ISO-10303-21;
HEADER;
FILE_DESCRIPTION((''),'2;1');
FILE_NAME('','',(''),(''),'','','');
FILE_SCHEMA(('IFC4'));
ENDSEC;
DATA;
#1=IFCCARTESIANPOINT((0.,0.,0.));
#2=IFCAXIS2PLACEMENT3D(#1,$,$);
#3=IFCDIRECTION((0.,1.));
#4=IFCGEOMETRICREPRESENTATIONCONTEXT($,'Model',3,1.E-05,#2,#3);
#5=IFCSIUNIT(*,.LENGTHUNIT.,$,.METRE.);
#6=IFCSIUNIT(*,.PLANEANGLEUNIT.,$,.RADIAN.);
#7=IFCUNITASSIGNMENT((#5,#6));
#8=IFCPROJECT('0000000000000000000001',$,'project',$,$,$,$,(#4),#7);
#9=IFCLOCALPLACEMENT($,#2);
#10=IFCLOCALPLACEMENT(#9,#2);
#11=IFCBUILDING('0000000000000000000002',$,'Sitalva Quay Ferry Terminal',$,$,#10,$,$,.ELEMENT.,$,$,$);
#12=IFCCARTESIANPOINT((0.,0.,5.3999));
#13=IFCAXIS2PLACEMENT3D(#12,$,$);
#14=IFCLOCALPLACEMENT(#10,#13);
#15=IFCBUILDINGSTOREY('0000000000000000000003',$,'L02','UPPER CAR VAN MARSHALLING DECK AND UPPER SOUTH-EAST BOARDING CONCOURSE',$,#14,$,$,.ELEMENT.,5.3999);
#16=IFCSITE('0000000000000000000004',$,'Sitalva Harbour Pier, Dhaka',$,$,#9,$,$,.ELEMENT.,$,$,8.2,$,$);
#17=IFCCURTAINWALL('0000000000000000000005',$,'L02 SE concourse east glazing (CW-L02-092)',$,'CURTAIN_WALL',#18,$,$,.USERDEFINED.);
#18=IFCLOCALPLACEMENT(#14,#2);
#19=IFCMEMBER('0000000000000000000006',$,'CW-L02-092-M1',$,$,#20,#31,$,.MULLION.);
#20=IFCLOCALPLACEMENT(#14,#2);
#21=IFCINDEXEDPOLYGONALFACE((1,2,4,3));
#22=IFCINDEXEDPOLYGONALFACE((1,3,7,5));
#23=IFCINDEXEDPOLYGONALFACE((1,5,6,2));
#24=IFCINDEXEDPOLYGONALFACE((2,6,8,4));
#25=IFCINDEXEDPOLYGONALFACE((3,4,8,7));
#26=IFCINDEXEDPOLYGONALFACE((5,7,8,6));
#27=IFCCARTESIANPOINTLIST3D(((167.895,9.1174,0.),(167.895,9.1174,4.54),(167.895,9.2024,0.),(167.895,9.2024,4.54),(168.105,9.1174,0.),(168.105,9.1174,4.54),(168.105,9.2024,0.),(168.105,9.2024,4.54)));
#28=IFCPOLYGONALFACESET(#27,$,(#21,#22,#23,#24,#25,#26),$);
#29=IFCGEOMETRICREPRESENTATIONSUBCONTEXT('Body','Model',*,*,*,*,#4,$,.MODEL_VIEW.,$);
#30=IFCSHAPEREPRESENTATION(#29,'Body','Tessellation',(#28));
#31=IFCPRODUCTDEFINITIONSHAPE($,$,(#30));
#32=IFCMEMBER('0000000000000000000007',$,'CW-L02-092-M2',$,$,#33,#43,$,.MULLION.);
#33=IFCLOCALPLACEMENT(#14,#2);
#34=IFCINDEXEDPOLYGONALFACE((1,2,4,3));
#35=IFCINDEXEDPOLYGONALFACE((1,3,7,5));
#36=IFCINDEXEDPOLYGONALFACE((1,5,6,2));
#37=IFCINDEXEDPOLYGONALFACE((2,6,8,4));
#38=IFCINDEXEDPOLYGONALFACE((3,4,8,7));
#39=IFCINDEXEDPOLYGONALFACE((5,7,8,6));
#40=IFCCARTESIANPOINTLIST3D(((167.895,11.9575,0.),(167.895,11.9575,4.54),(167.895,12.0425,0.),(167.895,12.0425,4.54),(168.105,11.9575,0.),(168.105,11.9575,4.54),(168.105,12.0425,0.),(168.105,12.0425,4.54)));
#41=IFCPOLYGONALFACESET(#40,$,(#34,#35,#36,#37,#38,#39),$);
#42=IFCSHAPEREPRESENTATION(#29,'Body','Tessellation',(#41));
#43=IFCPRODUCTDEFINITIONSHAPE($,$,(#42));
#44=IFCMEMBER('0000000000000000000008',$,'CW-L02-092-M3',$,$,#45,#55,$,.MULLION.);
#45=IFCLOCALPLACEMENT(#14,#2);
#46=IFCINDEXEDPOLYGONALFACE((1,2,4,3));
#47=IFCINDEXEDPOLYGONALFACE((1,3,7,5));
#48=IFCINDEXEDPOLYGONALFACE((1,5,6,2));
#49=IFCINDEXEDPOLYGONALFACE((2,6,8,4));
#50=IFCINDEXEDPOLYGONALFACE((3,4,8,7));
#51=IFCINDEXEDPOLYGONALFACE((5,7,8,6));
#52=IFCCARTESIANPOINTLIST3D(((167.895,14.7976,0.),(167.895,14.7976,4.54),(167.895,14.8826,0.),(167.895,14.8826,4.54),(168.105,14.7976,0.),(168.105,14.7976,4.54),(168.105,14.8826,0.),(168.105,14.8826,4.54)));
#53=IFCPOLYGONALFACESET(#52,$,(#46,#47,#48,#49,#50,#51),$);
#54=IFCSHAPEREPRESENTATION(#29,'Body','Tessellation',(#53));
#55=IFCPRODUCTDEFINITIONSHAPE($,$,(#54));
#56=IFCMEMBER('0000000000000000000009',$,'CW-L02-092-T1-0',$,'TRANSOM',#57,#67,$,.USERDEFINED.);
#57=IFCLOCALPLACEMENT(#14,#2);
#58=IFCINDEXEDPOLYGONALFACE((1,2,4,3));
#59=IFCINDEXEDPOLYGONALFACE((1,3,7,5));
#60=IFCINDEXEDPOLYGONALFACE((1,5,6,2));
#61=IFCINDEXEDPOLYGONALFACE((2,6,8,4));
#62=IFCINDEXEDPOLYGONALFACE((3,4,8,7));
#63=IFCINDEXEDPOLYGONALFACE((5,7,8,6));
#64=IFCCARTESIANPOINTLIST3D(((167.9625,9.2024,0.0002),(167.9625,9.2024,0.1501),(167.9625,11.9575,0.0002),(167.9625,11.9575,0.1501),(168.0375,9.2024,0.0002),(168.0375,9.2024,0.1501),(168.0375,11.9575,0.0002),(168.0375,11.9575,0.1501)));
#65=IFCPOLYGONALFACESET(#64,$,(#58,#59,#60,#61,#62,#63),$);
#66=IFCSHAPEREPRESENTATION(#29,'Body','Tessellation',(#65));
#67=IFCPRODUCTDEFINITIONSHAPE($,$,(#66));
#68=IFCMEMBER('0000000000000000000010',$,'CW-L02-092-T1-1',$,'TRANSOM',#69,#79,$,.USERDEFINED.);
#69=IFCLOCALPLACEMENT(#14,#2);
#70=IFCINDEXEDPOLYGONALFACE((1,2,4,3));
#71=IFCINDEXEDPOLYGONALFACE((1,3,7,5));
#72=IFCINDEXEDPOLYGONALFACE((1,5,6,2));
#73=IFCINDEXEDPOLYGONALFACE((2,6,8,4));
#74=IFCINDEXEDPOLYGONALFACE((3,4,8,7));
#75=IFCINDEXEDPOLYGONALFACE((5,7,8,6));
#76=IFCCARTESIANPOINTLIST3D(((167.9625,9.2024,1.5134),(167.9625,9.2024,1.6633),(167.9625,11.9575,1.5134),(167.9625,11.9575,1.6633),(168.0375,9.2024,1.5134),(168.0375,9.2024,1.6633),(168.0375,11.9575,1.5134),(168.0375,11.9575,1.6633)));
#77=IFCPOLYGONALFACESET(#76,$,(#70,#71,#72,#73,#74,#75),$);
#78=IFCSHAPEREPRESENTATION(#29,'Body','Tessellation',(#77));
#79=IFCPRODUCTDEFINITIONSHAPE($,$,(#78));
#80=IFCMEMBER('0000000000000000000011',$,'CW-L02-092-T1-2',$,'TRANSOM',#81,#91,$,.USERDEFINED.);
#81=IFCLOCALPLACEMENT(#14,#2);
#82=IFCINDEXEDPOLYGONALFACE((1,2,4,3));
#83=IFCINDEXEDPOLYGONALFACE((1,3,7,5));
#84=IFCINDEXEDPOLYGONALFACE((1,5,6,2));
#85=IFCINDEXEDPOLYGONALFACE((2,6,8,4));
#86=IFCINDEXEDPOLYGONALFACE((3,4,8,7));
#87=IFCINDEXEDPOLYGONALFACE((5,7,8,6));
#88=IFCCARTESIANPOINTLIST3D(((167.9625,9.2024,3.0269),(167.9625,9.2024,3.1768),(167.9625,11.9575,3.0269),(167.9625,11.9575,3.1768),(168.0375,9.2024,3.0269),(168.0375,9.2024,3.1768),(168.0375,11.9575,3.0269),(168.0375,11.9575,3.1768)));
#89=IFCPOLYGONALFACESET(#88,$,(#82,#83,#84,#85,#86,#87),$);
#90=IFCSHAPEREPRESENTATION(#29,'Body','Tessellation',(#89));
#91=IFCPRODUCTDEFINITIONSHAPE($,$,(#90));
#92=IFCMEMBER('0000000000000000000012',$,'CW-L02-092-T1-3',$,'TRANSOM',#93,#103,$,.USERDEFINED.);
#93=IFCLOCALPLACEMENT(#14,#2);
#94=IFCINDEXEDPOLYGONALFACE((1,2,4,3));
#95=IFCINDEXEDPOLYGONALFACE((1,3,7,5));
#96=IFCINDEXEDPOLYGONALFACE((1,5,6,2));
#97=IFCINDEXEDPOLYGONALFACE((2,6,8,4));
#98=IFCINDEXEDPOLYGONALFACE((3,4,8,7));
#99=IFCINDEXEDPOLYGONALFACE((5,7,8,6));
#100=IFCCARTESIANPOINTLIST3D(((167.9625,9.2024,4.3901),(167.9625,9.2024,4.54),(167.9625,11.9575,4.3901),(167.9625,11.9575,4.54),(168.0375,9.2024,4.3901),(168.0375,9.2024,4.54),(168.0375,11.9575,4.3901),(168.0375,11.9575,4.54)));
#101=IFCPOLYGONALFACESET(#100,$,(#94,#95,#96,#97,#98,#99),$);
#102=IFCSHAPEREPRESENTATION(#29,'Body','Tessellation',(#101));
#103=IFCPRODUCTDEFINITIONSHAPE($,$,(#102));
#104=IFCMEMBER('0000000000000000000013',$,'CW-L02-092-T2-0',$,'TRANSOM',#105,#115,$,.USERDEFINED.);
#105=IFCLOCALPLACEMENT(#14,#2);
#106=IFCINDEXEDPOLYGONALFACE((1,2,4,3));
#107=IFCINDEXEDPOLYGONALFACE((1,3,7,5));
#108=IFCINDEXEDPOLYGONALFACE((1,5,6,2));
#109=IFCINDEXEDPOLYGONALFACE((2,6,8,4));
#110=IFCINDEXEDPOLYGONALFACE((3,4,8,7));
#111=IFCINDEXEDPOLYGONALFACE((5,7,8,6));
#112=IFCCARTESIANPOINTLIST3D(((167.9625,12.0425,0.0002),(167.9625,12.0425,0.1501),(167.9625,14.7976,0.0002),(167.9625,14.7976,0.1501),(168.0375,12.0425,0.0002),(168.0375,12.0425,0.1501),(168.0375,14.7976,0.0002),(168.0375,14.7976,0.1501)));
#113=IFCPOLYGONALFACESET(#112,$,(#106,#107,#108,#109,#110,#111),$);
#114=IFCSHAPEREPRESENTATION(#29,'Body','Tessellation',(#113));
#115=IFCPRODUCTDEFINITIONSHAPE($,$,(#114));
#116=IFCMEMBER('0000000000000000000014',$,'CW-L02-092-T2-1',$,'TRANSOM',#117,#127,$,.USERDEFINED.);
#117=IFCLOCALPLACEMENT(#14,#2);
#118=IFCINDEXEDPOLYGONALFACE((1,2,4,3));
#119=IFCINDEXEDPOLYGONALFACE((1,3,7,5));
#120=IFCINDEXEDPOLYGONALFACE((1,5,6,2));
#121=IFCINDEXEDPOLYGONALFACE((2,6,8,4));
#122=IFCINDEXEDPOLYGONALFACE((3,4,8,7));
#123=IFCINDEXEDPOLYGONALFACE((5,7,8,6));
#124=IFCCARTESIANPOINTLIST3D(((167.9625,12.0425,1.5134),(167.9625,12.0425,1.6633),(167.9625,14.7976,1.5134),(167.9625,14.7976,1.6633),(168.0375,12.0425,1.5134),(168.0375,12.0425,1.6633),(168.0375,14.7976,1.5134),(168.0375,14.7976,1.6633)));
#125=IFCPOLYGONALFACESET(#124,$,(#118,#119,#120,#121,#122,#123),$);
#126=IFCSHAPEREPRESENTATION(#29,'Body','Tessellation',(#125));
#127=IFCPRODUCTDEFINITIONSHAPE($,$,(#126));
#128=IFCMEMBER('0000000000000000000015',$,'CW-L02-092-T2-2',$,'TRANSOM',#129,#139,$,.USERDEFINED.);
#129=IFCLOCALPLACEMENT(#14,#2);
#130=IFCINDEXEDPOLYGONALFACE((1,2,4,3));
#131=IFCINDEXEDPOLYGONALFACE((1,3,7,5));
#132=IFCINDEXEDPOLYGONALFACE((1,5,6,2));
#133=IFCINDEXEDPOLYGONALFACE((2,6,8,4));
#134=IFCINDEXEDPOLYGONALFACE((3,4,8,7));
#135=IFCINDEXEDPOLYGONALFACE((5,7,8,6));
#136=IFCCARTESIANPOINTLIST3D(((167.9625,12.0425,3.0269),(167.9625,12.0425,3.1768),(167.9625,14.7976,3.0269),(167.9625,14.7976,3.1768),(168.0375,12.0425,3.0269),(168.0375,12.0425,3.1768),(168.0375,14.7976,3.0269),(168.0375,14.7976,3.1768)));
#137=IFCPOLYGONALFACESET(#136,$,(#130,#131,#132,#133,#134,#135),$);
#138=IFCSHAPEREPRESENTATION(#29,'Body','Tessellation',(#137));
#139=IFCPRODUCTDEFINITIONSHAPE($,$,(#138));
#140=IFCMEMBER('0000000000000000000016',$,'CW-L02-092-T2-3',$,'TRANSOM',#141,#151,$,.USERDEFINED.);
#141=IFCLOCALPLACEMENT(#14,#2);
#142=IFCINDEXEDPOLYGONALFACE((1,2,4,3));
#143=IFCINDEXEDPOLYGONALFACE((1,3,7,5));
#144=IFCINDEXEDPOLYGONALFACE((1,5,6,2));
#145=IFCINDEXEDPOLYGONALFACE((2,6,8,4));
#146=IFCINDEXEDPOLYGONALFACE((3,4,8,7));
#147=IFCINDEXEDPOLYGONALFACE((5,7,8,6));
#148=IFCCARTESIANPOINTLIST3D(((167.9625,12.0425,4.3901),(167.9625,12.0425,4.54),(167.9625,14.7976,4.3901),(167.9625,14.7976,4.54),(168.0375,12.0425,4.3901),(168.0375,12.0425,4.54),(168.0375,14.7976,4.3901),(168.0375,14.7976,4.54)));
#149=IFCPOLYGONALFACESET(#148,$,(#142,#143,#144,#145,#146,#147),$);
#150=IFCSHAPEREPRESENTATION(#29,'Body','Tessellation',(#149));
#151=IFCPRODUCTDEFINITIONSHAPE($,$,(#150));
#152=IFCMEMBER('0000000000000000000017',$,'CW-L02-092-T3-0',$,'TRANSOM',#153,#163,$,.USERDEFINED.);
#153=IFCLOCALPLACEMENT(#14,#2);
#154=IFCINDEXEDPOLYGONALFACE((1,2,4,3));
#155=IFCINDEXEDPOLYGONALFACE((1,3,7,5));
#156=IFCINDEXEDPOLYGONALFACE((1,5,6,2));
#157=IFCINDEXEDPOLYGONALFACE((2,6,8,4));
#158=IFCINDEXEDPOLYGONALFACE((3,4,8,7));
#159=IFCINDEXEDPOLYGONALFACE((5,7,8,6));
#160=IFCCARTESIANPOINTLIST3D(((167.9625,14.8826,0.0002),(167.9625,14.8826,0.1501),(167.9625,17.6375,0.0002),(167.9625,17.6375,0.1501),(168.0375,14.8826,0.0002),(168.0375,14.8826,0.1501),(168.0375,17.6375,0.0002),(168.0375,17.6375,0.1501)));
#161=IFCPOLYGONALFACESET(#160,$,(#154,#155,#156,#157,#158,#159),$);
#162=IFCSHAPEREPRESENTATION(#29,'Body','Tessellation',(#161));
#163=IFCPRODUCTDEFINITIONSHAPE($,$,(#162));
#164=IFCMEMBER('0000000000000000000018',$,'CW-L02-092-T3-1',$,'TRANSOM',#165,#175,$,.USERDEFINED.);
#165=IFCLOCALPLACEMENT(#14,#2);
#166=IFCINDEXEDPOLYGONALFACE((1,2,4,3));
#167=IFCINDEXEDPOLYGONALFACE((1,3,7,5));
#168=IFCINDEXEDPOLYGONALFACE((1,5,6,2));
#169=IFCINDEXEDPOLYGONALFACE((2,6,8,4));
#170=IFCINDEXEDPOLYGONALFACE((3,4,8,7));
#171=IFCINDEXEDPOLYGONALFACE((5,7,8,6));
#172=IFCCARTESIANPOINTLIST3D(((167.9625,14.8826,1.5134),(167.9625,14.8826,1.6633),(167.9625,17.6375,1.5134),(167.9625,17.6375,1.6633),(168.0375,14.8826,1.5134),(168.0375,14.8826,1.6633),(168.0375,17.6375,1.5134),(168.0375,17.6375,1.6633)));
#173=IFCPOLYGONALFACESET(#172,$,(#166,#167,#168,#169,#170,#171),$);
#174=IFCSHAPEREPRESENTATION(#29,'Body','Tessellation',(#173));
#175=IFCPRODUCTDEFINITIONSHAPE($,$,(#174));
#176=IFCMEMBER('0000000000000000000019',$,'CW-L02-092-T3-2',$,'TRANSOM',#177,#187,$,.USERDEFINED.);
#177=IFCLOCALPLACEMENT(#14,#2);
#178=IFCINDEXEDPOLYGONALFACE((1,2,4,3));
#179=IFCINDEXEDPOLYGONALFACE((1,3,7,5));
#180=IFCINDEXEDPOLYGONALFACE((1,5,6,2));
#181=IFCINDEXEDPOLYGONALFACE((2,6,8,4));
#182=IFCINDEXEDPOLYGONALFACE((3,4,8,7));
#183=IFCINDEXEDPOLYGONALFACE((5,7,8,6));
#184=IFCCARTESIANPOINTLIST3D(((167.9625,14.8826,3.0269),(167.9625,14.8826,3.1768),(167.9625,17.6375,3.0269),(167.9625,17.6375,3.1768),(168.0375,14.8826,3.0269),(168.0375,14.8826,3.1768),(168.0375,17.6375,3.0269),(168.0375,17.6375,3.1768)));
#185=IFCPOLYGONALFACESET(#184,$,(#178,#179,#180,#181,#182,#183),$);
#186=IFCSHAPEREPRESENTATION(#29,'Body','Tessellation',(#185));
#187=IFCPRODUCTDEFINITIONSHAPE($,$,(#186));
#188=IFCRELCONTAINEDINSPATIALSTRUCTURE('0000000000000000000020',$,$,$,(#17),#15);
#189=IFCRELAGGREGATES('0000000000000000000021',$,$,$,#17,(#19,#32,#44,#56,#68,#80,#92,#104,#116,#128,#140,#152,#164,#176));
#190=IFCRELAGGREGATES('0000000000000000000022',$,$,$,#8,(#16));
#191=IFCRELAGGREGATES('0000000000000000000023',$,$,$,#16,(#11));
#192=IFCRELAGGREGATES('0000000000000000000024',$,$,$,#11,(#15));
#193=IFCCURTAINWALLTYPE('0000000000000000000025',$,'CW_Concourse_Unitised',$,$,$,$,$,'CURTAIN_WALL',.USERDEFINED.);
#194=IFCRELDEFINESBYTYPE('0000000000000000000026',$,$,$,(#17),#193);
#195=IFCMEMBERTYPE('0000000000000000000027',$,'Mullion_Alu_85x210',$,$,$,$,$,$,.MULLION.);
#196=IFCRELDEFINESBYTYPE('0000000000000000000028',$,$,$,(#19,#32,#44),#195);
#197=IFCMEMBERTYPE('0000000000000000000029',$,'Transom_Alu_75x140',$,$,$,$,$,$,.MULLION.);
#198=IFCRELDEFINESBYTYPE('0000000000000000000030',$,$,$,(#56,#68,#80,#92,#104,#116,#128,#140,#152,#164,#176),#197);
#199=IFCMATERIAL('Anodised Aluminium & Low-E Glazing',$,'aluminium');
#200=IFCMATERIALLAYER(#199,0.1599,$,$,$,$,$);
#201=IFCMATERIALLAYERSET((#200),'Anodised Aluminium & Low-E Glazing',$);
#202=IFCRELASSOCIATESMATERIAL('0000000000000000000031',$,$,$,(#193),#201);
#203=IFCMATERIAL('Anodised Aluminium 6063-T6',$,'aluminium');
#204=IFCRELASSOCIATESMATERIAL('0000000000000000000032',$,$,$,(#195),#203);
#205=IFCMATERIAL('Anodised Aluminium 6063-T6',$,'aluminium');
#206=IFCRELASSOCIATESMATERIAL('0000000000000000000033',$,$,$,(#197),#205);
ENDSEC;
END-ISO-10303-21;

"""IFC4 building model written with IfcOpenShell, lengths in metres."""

from ifc_helpers import new_model, si_unit, direction, frame, origin, origin_2d, place, context, subcontext, project, spatial, rectangle, extrude, material, layer, layer_set, material_profile, profile_set, type_object, element, aggregate, save


model = new_model("IFC4")

# Units and contexts
model_context = context("Model", 3, precision=1e-05, world=origin(), true_north=direction((0.0, 1.0)))
body_context = subcontext(model_context, "Body", "Model", "MODEL_VIEW")
ifc_project = project(units=[si_unit("LENGTHUNIT", "METRE"), si_unit("PLANEANGLEUNIT", "RADIAN")], contexts=[model_context])

# Site, building, storey
site_placement = place(None, origin())
site = spatial("IfcSite", under=ifc_project, at=site_placement, Name="Sitalva Harbour Pier, Dhaka", CompositionType="ELEMENT", RefElevation=8.2)
building_placement = place(site_placement, origin())
building = spatial("IfcBuilding", under=site, at=building_placement, Name="Sitalva Quay Ferry Terminal", CompositionType="ELEMENT")
storey_placement = place(building_placement, frame((0.0, 0.0, 5.3999)))
storey = spatial("IfcBuildingStorey", under=building, at=storey_placement, Name="L02", Description="UPPER CAR VAN MARSHALLING DECK AND UPPER SOUTH-EAST BOARDING CONCOURSE", CompositionType="ELEMENT", Elevation=5.3999)

# Curtain wall, members
ifc_material_1 = material(Name="Anodised Aluminium & Low-E Glazing", Category="aluminium")
ifc_layer_1 = layer(ifc_material_1, 0.1599)
ifc_layer_set_1 = layer_set([ifc_layer_1], Name="Anodised Aluminium & Low-E Glazing")
curtain_wall_type = type_object("IfcCurtainWallType", Name="CW_Concourse_Unitised", ElementType="CURTAIN_WALL", PredefinedType="USERDEFINED", material=ifc_layer_set_1)
curtain_wall_placement = place(storey_placement, origin())
curtain_wall = element("IfcCurtainWall", 1, at=curtain_wall_placement, inside=storey, type_object=curtain_wall_type, Name="L02 SE concourse east glazing (CW-L02-092)", ObjectType="CURTAIN_WALL", PredefinedType="USERDEFINED")
ifc_material_2 = material(Name="Anodised Aluminium 6063-T6", Category="aluminium")
ifc_material_profile_1 = material_profile(ifc_material_2, rectangle(XDim=0.085, YDim=0.21, at=origin_2d()), Name="ALU85x210")
ifc_profile_set_1 = profile_set([ifc_material_profile_1], Name="Anodised Aluminium 6063-T6")
member_type_1 = type_object("IfcMemberType", Name="Mullion_Alu_85x210", PredefinedType="MULLION", material=ifc_profile_set_1)
member_1_placement = place(storey_placement, frame((168.0, 9.1599, 0.0), z_axis=(0.0, 0.0, 1.0), x_axis=(0.0, 1.0, 0.0)))
member_1 = element("IfcMember", 2, at=member_1_placement, type_object=member_type_1, Name="CW-L02-092-M1", PredefinedType="MULLION", context=body_context, shape_type="SweptSolid", body=[
    extrude(rectangle(XDim=0.085, YDim=0.21, at=origin_2d()), origin(), (0.0, 0.0, 1.0), 4.54),
])
member_2_placement = place(storey_placement, frame((168.0, 12.0, 0.0), z_axis=(0.0, 0.0, 1.0), x_axis=(0.0, 1.0, 0.0)))
member_2 = element("IfcMember", 3, at=member_2_placement, type_object=member_type_1, Name="CW-L02-092-M2", PredefinedType="MULLION", context=body_context, shape_type="SweptSolid", body=[
    extrude(rectangle(XDim=0.085, YDim=0.21, at=origin_2d()), origin(), (0.0, 0.0, 1.0), 4.54),
])
member_3_placement = place(storey_placement, frame((168.0, 14.8401, 0.0), z_axis=(0.0, 0.0, 1.0), x_axis=(0.0, 1.0, 0.0)))
member_3 = element("IfcMember", 4, at=member_3_placement, type_object=member_type_1, Name="CW-L02-092-M3", PredefinedType="MULLION", context=body_context, shape_type="SweptSolid", body=[
    extrude(rectangle(XDim=0.085, YDim=0.21, at=origin_2d()), origin(), (0.0, 0.0, 1.0), 4.54),
])
ifc_material_3 = material(Name="Anodised Aluminium 6063-T6", Category="aluminium")
ifc_material_profile_2 = material_profile(ifc_material_3, rectangle(XDim=0.075, YDim=0.1499, at=origin_2d()), Name="ALU75x150")
ifc_profile_set_2 = profile_set([ifc_material_profile_2], Name="Anodised Aluminium 6063-T6")
member_type_2 = type_object("IfcMemberType", Name="Transom_Alu_75x140", PredefinedType="MULLION", material=ifc_profile_set_2)
member_4_placement = place(storey_placement, frame((168.0, 9.2024, 0.0752), z_axis=(0.0, 1.0, 0.0), x_axis=(-1.0, 0.0, 0.0)))
member_4 = element("IfcMember", 5, at=member_4_placement, type_object=member_type_2, Name="CW-L02-092-T1-0", ObjectType="TRANSOM", PredefinedType="USERDEFINED", context=body_context, shape_type="SweptSolid", body=[
    extrude(rectangle(XDim=0.075, YDim=0.1499, at=origin_2d()), origin(), (0.0, 0.0, 1.0), 2.7551),
])
member_5_placement = place(storey_placement, frame((168.0, 9.2024, 1.5884), z_axis=(0.0, 1.0, 0.0), x_axis=(-1.0, 0.0, 0.0)))
member_5 = element("IfcMember", 6, at=member_5_placement, type_object=member_type_2, Name="CW-L02-092-T1-1", ObjectType="TRANSOM", PredefinedType="USERDEFINED", context=body_context, shape_type="SweptSolid", body=[
    extrude(rectangle(XDim=0.075, YDim=0.1499, at=origin_2d()), origin(), (0.0, 0.0, 1.0), 2.7551),
])
member_6_placement = place(storey_placement, frame((168.0, 9.2024, 3.1018), z_axis=(0.0, 1.0, 0.0), x_axis=(-1.0, 0.0, 0.0)))
member_6 = element("IfcMember", 7, at=member_6_placement, type_object=member_type_2, Name="CW-L02-092-T1-2", ObjectType="TRANSOM", PredefinedType="USERDEFINED", context=body_context, shape_type="SweptSolid", body=[
    extrude(rectangle(XDim=0.075, YDim=0.1499, at=origin_2d()), origin(), (0.0, 0.0, 1.0), 2.7551),
])
member_7_placement = place(storey_placement, frame((168.0, 9.2024, 4.4651), z_axis=(0.0, 1.0, 0.0), x_axis=(-1.0, 0.0, 0.0)))
member_7 = element("IfcMember", 8, at=member_7_placement, type_object=member_type_2, Name="CW-L02-092-T1-3", ObjectType="TRANSOM", PredefinedType="USERDEFINED", context=body_context, shape_type="SweptSolid", body=[
    extrude(rectangle(XDim=0.075, YDim=0.1499, at=origin_2d()), origin(), (0.0, 0.0, 1.0), 2.7551),
])
member_8_placement = place(storey_placement, frame((168.0, 12.0425, 0.0752), z_axis=(0.0, 1.0, 0.0), x_axis=(-1.0, 0.0, 0.0)))
member_8 = element("IfcMember", 9, at=member_8_placement, type_object=member_type_2, Name="CW-L02-092-T2-0", ObjectType="TRANSOM", PredefinedType="USERDEFINED", context=body_context, shape_type="SweptSolid", body=[
    extrude(rectangle(XDim=0.075, YDim=0.1499, at=origin_2d()), origin(), (0.0, 0.0, 1.0), 2.7551),
])
member_9_placement = place(storey_placement, frame((168.0, 12.0425, 1.5884), z_axis=(0.0, 1.0, 0.0), x_axis=(-1.0, 0.0, 0.0)))
member_9 = element("IfcMember", 10, at=member_9_placement, type_object=member_type_2, Name="CW-L02-092-T2-1", ObjectType="TRANSOM", PredefinedType="USERDEFINED", context=body_context, shape_type="SweptSolid", body=[
    extrude(rectangle(XDim=0.075, YDim=0.1499, at=origin_2d()), origin(), (0.0, 0.0, 1.0), 2.7551),
])
member_10_placement = place(storey_placement, frame((168.0, 12.0425, 3.1018), z_axis=(0.0, 1.0, 0.0), x_axis=(-1.0, 0.0, 0.0)))
member_10 = element("IfcMember", 11, at=member_10_placement, type_object=member_type_2, Name="CW-L02-092-T2-2", ObjectType="TRANSOM", PredefinedType="USERDEFINED", context=body_context, shape_type="SweptSolid", body=[
    extrude(rectangle(XDim=0.075, YDim=0.1499, at=origin_2d()), origin(), (0.0, 0.0, 1.0), 2.7551),
])
member_11_placement = place(storey_placement, frame((168.0, 12.0425, 4.4651), z_axis=(0.0, 1.0, 0.0), x_axis=(-1.0, 0.0, 0.0)))
member_11 = element("IfcMember", 12, at=member_11_placement, type_object=member_type_2, Name="CW-L02-092-T2-3", ObjectType="TRANSOM", PredefinedType="USERDEFINED", context=body_context, shape_type="SweptSolid", body=[
    extrude(rectangle(XDim=0.075, YDim=0.1499, at=origin_2d()), origin(), (0.0, 0.0, 1.0), 2.7551),
])
member_12_placement = place(storey_placement, frame((168.0, 14.8826, 0.0752), z_axis=(0.0, 1.0, 0.0), x_axis=(-1.0, 0.0, 0.0)))
member_12 = element("IfcMember", 13, at=member_12_placement, type_object=member_type_2, Name="CW-L02-092-T3-0", ObjectType="TRANSOM", PredefinedType="USERDEFINED", context=body_context, shape_type="SweptSolid", body=[
    extrude(rectangle(XDim=0.075, YDim=0.1499, at=origin_2d()), origin(), (0.0, 0.0, 1.0), 2.7549),
])
member_13_placement = place(storey_placement, frame((168.0, 14.8826, 1.5884), z_axis=(0.0, 1.0, 0.0), x_axis=(-1.0, 0.0, 0.0)))
member_13 = element("IfcMember", 14, at=member_13_placement, type_object=member_type_2, Name="CW-L02-092-T3-1", ObjectType="TRANSOM", PredefinedType="USERDEFINED", context=body_context, shape_type="SweptSolid", body=[
    extrude(rectangle(XDim=0.075, YDim=0.1499, at=origin_2d()), origin(), (0.0, 0.0, 1.0), 2.7549),
])
member_14_placement = place(storey_placement, frame((168.0, 14.8826, 3.1018), z_axis=(0.0, 1.0, 0.0), x_axis=(-1.0, 0.0, 0.0)))
member_14 = element("IfcMember", 15, at=member_14_placement, type_object=member_type_2, Name="CW-L02-092-T3-2", ObjectType="TRANSOM", PredefinedType="USERDEFINED", context=body_context, shape_type="SweptSolid", body=[
    extrude(rectangle(XDim=0.075, YDim=0.1499, at=origin_2d()), origin(), (0.0, 0.0, 1.0), 2.7549),
])
aggregate(curtain_wall, [member_1, member_2, member_3, member_4, member_5, member_6, member_7, member_8, member_9, member_10, member_11, member_12, member_13, member_14])

save(model, "model.ifc")
